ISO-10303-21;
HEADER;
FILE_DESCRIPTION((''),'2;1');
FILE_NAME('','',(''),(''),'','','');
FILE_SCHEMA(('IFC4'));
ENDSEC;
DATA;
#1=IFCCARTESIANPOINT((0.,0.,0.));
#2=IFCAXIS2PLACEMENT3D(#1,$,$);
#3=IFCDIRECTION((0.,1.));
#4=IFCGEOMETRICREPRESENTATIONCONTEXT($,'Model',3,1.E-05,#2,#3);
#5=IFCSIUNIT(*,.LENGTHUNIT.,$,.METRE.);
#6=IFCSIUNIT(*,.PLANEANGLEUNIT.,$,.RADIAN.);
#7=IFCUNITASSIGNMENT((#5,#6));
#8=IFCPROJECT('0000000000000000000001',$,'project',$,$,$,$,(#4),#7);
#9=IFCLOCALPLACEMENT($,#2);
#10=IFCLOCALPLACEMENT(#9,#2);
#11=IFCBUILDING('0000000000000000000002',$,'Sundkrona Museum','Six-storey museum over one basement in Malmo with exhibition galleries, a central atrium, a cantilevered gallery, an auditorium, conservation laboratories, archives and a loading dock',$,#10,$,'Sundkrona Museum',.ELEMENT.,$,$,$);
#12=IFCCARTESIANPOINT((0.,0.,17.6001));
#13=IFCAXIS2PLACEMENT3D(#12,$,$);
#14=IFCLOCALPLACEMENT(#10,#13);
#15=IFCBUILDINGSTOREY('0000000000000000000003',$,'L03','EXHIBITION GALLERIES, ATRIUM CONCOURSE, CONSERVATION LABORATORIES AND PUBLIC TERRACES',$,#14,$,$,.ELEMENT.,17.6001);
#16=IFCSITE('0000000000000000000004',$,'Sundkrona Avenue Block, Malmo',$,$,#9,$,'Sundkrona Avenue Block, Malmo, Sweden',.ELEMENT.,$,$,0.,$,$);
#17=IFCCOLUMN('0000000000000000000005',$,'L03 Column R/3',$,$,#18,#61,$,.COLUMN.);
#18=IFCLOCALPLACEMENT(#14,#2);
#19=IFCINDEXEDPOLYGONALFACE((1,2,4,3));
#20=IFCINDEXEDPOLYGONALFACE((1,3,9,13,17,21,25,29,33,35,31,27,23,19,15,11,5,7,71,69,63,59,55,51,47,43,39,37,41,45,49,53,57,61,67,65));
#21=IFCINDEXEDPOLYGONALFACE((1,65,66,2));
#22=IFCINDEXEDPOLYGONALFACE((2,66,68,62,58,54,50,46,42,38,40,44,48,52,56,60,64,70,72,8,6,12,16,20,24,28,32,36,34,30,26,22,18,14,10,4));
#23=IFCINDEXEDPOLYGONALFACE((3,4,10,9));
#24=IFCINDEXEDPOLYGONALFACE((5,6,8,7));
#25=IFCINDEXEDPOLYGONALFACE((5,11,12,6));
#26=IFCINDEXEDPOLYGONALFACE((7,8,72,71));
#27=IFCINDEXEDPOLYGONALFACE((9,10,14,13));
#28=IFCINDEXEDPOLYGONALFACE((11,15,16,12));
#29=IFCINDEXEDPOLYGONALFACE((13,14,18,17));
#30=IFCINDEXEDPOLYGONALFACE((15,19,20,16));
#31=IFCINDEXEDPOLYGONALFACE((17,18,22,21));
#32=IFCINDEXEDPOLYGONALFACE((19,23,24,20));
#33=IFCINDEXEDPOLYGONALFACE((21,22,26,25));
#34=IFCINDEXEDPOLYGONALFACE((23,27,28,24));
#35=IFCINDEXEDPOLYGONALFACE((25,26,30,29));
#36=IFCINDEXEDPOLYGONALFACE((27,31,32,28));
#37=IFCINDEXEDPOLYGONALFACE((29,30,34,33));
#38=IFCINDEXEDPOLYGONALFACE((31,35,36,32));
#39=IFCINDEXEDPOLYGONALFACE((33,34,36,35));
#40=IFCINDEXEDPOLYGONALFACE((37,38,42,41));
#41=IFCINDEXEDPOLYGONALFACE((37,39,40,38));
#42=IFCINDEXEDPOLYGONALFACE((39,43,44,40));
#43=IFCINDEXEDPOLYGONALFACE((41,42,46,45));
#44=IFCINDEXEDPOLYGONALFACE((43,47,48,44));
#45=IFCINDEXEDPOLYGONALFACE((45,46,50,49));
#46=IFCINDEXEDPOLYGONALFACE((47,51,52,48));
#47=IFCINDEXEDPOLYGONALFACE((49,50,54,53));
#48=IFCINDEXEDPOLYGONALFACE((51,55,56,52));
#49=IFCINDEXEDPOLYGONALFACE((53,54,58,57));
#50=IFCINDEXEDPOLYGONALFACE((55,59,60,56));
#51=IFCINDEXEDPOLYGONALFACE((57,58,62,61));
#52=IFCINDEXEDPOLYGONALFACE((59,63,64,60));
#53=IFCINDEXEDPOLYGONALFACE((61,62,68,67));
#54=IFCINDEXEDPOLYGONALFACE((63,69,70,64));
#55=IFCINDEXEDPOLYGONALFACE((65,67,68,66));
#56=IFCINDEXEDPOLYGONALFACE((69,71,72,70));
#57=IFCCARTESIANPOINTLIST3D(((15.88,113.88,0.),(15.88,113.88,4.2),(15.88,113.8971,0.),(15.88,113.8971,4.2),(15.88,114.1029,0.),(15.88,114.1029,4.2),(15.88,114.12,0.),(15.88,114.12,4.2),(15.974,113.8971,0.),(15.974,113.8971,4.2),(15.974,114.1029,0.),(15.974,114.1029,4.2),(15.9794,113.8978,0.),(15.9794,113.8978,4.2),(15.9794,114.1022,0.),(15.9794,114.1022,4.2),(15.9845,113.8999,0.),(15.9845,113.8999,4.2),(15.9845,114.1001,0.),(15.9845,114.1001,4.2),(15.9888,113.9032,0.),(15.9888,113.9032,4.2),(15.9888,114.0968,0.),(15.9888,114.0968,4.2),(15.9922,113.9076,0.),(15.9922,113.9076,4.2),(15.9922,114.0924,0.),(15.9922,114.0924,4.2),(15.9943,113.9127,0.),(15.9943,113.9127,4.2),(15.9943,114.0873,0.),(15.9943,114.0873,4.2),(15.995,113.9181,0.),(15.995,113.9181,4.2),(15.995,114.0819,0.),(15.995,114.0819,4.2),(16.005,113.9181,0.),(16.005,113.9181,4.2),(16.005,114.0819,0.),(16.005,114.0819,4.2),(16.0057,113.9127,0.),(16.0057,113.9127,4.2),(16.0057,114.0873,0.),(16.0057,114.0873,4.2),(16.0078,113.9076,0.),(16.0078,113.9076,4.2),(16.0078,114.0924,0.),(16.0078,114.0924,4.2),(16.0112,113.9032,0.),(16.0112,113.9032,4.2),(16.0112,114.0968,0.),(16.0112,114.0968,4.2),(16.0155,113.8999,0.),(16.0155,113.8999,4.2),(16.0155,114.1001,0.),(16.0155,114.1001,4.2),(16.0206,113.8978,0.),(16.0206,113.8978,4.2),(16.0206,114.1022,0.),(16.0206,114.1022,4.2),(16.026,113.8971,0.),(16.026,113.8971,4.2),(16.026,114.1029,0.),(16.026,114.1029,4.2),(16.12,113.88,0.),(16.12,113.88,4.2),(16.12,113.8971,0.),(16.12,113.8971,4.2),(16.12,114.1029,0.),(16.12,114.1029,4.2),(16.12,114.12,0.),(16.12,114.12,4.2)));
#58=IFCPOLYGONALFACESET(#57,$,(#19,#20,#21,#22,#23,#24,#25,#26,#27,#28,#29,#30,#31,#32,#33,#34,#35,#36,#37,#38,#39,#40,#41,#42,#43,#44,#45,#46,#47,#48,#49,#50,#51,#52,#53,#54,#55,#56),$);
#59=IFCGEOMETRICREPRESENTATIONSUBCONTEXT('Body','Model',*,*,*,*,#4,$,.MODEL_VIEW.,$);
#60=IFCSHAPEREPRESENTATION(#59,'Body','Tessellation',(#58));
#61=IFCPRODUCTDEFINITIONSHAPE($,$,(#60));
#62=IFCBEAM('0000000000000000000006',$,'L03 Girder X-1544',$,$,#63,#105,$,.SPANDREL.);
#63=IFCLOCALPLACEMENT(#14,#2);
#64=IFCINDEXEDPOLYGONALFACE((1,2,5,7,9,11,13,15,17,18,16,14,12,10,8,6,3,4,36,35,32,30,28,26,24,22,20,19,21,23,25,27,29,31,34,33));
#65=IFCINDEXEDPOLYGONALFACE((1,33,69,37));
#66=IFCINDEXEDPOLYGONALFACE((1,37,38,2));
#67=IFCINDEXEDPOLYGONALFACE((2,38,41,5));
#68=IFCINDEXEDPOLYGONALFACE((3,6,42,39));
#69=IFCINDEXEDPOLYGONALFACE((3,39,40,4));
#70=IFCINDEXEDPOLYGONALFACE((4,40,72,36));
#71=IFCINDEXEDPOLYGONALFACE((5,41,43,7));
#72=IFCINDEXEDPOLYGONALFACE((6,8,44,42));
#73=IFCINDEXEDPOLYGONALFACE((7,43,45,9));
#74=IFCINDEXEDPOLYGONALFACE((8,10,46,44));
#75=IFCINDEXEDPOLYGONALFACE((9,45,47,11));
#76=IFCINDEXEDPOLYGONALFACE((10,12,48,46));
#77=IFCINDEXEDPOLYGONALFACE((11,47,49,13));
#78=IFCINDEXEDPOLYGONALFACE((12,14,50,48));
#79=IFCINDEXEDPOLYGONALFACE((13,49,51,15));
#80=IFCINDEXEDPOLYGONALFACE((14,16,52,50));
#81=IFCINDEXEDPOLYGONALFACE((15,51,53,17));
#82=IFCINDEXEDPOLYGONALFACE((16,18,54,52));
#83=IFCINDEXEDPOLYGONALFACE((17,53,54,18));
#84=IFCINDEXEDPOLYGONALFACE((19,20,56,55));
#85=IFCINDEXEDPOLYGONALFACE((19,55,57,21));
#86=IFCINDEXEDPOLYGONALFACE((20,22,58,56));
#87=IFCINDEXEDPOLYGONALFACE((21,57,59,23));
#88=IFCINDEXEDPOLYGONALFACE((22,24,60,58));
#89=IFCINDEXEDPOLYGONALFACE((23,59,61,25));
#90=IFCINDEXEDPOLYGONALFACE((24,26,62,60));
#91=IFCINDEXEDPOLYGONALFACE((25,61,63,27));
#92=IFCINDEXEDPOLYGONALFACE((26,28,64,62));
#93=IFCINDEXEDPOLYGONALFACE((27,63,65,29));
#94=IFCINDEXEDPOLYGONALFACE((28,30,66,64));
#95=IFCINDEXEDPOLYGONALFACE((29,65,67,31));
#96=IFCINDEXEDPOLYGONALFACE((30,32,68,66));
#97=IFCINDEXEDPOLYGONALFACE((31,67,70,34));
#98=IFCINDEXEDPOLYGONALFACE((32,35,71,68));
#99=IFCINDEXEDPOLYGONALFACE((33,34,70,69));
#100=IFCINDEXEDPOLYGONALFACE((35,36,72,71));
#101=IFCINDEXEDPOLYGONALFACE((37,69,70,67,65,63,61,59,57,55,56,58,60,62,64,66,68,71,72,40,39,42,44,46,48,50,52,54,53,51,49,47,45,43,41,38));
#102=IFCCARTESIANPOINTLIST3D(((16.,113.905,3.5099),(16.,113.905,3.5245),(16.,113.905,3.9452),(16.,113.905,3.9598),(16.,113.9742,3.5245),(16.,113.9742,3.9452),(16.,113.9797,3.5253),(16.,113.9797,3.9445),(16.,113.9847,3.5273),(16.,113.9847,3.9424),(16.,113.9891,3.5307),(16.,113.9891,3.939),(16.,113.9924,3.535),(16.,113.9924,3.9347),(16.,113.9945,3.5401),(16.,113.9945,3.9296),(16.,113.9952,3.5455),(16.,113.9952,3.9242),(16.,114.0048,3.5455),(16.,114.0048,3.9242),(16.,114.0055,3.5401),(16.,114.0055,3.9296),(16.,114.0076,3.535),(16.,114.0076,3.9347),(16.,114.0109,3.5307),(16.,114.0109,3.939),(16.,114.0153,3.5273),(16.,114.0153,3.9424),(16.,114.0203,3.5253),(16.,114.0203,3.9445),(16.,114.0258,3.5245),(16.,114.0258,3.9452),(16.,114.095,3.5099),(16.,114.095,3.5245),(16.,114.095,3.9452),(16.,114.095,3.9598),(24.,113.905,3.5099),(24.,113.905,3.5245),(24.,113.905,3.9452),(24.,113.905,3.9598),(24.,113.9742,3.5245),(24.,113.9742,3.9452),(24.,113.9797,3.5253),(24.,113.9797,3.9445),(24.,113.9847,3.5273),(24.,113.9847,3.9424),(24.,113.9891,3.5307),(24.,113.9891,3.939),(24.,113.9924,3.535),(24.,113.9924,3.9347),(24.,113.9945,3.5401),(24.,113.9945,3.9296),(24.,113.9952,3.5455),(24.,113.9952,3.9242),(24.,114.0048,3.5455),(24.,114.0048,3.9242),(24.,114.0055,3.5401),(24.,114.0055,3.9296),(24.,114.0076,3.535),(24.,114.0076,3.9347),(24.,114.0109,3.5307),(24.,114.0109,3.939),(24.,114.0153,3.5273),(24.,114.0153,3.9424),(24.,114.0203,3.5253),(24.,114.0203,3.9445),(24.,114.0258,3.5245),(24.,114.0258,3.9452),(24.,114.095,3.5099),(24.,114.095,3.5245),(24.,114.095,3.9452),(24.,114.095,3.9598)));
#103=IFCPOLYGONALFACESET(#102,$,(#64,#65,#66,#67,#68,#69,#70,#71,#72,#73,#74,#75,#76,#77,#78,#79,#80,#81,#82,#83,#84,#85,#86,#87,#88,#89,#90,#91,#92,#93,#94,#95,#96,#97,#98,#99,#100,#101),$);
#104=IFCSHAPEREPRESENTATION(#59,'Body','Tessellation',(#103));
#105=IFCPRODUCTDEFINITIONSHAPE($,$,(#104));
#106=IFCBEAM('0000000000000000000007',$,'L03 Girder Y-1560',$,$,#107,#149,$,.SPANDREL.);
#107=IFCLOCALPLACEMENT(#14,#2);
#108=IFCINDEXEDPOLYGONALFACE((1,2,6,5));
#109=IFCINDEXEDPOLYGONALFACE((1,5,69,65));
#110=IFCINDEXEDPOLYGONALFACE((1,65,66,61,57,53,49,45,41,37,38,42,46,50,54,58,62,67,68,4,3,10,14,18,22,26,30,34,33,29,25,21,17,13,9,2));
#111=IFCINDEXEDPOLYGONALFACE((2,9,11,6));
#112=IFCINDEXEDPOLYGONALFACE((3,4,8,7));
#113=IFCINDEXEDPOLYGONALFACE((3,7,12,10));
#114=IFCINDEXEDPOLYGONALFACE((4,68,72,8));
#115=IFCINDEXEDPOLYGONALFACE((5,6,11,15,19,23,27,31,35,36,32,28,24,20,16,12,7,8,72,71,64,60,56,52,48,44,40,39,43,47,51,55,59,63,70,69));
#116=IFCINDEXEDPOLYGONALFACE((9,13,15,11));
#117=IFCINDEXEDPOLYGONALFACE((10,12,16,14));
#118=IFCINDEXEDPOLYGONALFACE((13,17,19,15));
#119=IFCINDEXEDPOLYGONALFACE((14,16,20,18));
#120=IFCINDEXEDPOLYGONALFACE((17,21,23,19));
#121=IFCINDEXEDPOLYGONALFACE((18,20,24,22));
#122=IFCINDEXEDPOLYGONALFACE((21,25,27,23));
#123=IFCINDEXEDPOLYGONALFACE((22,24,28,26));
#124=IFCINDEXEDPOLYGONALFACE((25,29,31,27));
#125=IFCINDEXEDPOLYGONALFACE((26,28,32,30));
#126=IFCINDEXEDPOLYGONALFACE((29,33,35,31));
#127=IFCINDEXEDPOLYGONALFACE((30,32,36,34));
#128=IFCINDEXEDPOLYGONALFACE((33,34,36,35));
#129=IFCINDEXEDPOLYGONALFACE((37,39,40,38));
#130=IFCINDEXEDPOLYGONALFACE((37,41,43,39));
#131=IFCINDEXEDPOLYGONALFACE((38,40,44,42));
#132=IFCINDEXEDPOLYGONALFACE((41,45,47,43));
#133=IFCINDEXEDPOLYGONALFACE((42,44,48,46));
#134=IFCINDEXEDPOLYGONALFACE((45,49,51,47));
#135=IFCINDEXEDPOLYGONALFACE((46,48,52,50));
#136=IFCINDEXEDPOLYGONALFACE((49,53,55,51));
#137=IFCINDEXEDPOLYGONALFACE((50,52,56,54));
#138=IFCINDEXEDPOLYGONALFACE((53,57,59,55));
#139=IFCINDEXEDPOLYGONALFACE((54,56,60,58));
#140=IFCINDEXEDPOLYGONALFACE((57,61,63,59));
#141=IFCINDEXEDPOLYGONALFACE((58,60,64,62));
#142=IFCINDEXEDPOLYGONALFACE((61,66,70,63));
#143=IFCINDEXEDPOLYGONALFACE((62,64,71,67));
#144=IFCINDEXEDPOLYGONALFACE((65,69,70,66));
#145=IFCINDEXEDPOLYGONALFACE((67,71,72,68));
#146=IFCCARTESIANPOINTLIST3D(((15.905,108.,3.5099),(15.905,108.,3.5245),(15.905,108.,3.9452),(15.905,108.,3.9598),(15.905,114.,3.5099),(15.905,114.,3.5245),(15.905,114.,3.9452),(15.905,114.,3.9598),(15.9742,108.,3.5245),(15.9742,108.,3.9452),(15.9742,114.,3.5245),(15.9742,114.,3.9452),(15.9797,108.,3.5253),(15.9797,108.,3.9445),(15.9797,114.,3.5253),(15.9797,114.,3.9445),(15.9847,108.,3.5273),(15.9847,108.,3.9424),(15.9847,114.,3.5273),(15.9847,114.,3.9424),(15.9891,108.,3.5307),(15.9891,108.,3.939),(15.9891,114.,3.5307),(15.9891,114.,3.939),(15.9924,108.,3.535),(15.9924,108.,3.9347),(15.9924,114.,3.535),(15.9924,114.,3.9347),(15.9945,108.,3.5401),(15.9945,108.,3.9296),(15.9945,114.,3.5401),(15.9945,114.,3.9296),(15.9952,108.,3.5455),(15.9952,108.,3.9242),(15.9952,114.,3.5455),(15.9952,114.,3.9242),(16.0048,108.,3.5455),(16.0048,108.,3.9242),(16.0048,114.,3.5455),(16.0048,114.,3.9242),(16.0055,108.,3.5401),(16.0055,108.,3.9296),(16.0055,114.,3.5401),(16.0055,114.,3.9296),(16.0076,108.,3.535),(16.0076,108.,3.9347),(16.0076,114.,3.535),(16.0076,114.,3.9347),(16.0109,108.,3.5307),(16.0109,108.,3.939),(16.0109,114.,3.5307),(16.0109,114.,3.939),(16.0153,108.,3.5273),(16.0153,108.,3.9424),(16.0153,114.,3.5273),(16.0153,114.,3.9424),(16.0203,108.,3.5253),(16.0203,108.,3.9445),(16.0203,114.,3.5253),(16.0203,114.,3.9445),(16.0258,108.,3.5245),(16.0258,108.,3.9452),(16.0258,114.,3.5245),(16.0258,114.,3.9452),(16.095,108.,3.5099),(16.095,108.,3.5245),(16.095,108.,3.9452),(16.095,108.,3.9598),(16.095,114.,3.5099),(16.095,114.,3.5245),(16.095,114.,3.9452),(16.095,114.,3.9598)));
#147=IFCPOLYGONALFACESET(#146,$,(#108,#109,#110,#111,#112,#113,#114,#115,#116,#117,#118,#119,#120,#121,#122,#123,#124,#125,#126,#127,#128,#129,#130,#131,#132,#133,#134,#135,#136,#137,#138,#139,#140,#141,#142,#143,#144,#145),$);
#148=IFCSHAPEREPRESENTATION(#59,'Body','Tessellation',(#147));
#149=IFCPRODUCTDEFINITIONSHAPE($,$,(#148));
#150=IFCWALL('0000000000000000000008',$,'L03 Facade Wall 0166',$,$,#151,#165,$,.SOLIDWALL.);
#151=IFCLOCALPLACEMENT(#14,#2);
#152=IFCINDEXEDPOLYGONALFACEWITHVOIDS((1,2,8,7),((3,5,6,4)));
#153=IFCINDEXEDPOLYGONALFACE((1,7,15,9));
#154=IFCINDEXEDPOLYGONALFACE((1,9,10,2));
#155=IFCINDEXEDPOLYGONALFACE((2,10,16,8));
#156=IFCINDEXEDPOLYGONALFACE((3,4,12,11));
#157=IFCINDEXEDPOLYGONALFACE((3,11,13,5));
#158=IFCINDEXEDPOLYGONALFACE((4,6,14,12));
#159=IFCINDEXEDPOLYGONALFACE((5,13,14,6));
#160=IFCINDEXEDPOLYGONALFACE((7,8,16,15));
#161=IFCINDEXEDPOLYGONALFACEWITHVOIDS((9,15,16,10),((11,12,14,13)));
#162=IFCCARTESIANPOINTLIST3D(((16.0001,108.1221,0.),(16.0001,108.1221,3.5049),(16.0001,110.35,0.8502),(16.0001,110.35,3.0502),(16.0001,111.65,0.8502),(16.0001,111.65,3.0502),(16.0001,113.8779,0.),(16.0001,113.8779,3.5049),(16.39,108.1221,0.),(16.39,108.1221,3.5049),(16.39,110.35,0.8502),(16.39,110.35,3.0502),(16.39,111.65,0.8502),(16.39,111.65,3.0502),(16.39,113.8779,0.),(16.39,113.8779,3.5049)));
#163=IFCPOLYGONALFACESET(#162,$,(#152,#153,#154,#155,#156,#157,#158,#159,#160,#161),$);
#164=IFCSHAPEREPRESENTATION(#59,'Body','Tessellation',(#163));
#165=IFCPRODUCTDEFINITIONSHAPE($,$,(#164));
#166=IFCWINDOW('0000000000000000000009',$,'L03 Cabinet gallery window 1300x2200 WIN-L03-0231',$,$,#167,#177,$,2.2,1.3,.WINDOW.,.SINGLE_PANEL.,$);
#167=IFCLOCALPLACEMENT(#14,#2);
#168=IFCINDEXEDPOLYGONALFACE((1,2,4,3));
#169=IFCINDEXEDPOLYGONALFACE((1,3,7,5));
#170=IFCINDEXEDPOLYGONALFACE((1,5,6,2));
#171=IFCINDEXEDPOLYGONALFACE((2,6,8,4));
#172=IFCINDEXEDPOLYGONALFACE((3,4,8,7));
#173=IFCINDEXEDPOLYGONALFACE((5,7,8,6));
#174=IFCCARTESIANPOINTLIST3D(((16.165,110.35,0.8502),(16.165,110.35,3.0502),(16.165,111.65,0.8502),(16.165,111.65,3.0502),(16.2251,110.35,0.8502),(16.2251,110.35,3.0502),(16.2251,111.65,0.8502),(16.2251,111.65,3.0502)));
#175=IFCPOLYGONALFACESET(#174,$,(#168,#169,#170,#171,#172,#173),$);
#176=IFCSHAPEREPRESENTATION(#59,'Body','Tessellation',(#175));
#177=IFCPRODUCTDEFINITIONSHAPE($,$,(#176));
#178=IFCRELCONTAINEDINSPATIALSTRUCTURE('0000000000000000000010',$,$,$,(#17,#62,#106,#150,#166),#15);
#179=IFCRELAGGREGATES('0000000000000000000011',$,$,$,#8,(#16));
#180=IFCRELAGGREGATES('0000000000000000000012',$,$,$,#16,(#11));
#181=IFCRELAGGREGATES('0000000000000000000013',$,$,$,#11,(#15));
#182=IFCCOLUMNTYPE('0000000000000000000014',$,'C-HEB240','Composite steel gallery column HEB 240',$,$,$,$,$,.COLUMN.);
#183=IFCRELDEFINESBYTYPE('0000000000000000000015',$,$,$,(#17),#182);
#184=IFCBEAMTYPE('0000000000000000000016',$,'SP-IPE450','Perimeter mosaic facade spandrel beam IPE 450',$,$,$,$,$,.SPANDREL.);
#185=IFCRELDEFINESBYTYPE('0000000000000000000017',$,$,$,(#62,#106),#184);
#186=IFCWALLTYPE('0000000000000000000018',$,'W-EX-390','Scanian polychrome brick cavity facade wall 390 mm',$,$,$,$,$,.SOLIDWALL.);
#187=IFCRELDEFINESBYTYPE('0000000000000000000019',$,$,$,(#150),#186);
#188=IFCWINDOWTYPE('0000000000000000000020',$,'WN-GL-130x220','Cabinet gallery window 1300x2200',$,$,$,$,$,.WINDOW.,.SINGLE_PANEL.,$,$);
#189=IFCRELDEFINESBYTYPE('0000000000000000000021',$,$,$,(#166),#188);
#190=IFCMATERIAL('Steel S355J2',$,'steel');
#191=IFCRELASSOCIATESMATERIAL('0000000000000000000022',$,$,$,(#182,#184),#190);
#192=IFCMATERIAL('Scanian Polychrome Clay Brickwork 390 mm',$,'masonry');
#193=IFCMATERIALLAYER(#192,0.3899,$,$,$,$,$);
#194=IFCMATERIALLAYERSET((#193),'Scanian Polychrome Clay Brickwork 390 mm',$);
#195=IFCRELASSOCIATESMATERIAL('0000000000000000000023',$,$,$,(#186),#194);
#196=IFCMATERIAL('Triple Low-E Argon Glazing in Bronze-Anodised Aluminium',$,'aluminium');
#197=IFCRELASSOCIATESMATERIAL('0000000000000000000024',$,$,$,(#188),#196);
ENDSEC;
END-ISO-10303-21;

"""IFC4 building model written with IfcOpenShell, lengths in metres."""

from ifc_helpers import new_model, si_unit, direction, frame, frame_2d, origin, origin_2d, place, context, subcontext, project, spatial, rectangle, i_section, extrude, material, layer, layer_set, material_profile, profile_set, type_object, element, fill, save


model = new_model("IFC4")

# Units and contexts
model_context = context("Model", 3, precision=1e-05, world=origin(), true_north=direction((0.0, 1.0)))
body_context = subcontext(model_context, "Body", "Model", "MODEL_VIEW")
ifc_project = project(units=[si_unit("LENGTHUNIT", "METRE"), si_unit("PLANEANGLEUNIT", "RADIAN")], contexts=[model_context])

# Site, building, storey
site_placement = place(None, origin())
site = spatial("IfcSite", under=ifc_project, at=site_placement, Name="Sundkrona Avenue Block, Malmo", LongName="Sundkrona Avenue Block, Malmo, Sweden", CompositionType="ELEMENT", RefElevation=0.0)
building_placement = place(site_placement, origin())
building = spatial("IfcBuilding", under=site, at=building_placement, Name="Sundkrona Museum", Description="Six-storey museum over one basement in Malmo with exhibition galleries, a central atrium, a cantilevered gallery, an auditorium, conservation laboratories, archives and a loading dock", LongName="Sundkrona Museum", CompositionType="ELEMENT")
storey_placement = place(building_placement, frame((0.0, 0.0, 17.6001)))
storey = spatial("IfcBuildingStorey", under=building, at=storey_placement, Name="L03", Description="EXHIBITION GALLERIES, ATRIUM CONCOURSE, CONSERVATION LABORATORIES AND PUBLIC TERRACES", CompositionType="ELEMENT", Elevation=17.6001)

# Column
ifc_material_1 = material(Name="Steel S355J2", Category="steel")
ifc_material_profile_1 = material_profile(ifc_material_1, i_section(OverallWidth=0.24, OverallDepth=0.24, WebThickness=0.01, FlangeThickness=0.0171, FilletRadius=0.021, at=origin_2d()), Name="HEB 240")
ifc_profile_set_1 = profile_set([ifc_material_profile_1], Name="Steel S355J2")
column_type = type_object("IfcColumnType", Name="C-HEB240", Description="Composite steel gallery column HEB 240", PredefinedType="COLUMN", material=ifc_profile_set_1)
column_placement = place(storey_placement, frame((16.0, 114.0, 0.0), z_axis=(0.0, 0.0, 1.0), x_axis=(1.0, 0.0, 0.0)))
element("IfcColumn", 1, at=column_placement, inside=storey, type_object=column_type, Name="L03 Column R/3", PredefinedType="COLUMN", context=body_context, shape_type="SweptSolid", body=[
    extrude(i_section(OverallWidth=0.24, OverallDepth=0.24, WebThickness=0.01, FlangeThickness=0.0171, FilletRadius=0.021, at=origin_2d()), origin(), (0.0, 0.0, 1.0), 4.2),
])

# Beams
ifc_material_profile_2 = material_profile(ifc_material_1, i_section(OverallWidth=0.1899, OverallDepth=0.45, WebThickness=0.0095, FlangeThickness=0.0146, FilletRadius=0.021, at=origin_2d()), Name="IPE 450")
ifc_profile_set_2 = profile_set([ifc_material_profile_2], Name="Steel S355J2")
beam_type = type_object("IfcBeamType", Name="SP-IPE450", Description="Perimeter mosaic facade spandrel beam IPE 450", PredefinedType="SPANDREL", material=ifc_profile_set_2)
beam_1_placement = place(storey_placement, frame((16.0, 114.0, 3.7349), z_axis=(1.0, 0.0, 0.0), x_axis=(0.0, 1.0, 0.0)))
element("IfcBeam", 2, at=beam_1_placement, inside=storey, type_object=beam_type, Name="L03 Girder X-1544", PredefinedType="SPANDREL", context=body_context, shape_type="SweptSolid", body=[
    extrude(i_section(OverallWidth=0.1899, OverallDepth=0.45, WebThickness=0.0095, FlangeThickness=0.0146, FilletRadius=0.021, at=origin_2d()), origin(), (0.0, 0.0, 1.0), 8.0),
])
beam_2_placement = place(storey_placement, frame((16.0, 108.0, 3.7349), z_axis=(0.0, 1.0, 0.0), x_axis=(-1.0, 0.0, 0.0)))
element("IfcBeam", 3, at=beam_2_placement, inside=storey, type_object=beam_type, Name="L03 Girder Y-1560", PredefinedType="SPANDREL", context=body_context, shape_type="SweptSolid", body=[
    extrude(i_section(OverallWidth=0.1899, OverallDepth=0.45, WebThickness=0.0095, FlangeThickness=0.0146, FilletRadius=0.021, at=origin_2d()), origin(), (0.0, 0.0, 1.0), 6.0),
])

# Wall, opening, window
ifc_material_2 = material(Name="Scanian Polychrome Clay Brickwork 390 mm", Category="masonry")
ifc_layer_1 = layer(ifc_material_2, 0.3899)
ifc_layer_set_1 = layer_set([ifc_layer_1], Name="Scanian Polychrome Clay Brickwork 390 mm")
wall_type = type_object("IfcWallType", Name="W-EX-390", Description="Scanian polychrome brick cavity facade wall 390 mm", PredefinedType="SOLIDWALL", material=ifc_layer_set_1)
wall_1_placement = place(storey_placement, frame((16.1951, 108.1221, 0.0), z_axis=(0.0, 0.0, 1.0), x_axis=(0.0, 1.0, 0.0)))
wall_1 = element("IfcWall", 4, at=wall_1_placement, inside=storey, type_object=wall_type, Name="L03 Facade Wall 0166", PredefinedType="SOLIDWALL", context=body_context, shape_type="SweptSolid", body=[
    extrude(rectangle(XDim=5.7559, YDim=0.3899, at=frame_2d((2.8779, 0.0))), origin(), (0.0, 0.0, 1.0), 3.5049),
])
opening_1_placement = place(wall_1_placement, frame((2.228, 0.0, 0.8501)))
opening_1 = element("IfcOpeningElement", 5, at=opening_1_placement, cuts=wall_1, PredefinedType="OPENING", context=body_context, shape_type="SweptSolid", body=[
    extrude(rectangle(XDim=1.3, YDim=2.2, at=frame_2d((0.6499, 1.1001))), frame((0.0, 0.2048, 0.0), z_axis=(0.0, -1.0, 0.0), x_axis=(1.0, 0.0, 0.0)), (0.0, 0.0, 1.0), 0.4099),
])
ifc_material_3 = material(Name="Triple Low-E Argon Glazing in Bronze-Anodised Aluminium", Category="aluminium")
window_type_1 = type_object("IfcWindowType", Name="WN-GL-130x220", Description="Cabinet gallery window 1300x2200", PartitioningType="SINGLE_PANEL", PredefinedType="WINDOW", material=ifc_material_3)
window_1_placement = place(opening_1_placement, origin())
window_1 = element("IfcWindow", 6, at=window_1_placement, inside=storey, type_object=window_type_1, Name="L03 Cabinet gallery window 1300x2200 WIN-L03-0231", OverallHeight=2.2, OverallWidth=1.3, PartitioningType="SINGLE_PANEL", PredefinedType="WINDOW", context=body_context, shape_type="SweptSolid", body=[
    extrude(rectangle(XDim=1.3, YDim=2.2, at=frame_2d((0.6499, 1.1001))), frame((0.0, 0.03, 0.0), z_axis=(0.0, -1.0, 0.0), x_axis=(1.0, 0.0, 0.0)), (0.0, 0.0, 1.0), 0.0601),
])
fill(opening_1, window_1)

save(model, "model.ifc")
